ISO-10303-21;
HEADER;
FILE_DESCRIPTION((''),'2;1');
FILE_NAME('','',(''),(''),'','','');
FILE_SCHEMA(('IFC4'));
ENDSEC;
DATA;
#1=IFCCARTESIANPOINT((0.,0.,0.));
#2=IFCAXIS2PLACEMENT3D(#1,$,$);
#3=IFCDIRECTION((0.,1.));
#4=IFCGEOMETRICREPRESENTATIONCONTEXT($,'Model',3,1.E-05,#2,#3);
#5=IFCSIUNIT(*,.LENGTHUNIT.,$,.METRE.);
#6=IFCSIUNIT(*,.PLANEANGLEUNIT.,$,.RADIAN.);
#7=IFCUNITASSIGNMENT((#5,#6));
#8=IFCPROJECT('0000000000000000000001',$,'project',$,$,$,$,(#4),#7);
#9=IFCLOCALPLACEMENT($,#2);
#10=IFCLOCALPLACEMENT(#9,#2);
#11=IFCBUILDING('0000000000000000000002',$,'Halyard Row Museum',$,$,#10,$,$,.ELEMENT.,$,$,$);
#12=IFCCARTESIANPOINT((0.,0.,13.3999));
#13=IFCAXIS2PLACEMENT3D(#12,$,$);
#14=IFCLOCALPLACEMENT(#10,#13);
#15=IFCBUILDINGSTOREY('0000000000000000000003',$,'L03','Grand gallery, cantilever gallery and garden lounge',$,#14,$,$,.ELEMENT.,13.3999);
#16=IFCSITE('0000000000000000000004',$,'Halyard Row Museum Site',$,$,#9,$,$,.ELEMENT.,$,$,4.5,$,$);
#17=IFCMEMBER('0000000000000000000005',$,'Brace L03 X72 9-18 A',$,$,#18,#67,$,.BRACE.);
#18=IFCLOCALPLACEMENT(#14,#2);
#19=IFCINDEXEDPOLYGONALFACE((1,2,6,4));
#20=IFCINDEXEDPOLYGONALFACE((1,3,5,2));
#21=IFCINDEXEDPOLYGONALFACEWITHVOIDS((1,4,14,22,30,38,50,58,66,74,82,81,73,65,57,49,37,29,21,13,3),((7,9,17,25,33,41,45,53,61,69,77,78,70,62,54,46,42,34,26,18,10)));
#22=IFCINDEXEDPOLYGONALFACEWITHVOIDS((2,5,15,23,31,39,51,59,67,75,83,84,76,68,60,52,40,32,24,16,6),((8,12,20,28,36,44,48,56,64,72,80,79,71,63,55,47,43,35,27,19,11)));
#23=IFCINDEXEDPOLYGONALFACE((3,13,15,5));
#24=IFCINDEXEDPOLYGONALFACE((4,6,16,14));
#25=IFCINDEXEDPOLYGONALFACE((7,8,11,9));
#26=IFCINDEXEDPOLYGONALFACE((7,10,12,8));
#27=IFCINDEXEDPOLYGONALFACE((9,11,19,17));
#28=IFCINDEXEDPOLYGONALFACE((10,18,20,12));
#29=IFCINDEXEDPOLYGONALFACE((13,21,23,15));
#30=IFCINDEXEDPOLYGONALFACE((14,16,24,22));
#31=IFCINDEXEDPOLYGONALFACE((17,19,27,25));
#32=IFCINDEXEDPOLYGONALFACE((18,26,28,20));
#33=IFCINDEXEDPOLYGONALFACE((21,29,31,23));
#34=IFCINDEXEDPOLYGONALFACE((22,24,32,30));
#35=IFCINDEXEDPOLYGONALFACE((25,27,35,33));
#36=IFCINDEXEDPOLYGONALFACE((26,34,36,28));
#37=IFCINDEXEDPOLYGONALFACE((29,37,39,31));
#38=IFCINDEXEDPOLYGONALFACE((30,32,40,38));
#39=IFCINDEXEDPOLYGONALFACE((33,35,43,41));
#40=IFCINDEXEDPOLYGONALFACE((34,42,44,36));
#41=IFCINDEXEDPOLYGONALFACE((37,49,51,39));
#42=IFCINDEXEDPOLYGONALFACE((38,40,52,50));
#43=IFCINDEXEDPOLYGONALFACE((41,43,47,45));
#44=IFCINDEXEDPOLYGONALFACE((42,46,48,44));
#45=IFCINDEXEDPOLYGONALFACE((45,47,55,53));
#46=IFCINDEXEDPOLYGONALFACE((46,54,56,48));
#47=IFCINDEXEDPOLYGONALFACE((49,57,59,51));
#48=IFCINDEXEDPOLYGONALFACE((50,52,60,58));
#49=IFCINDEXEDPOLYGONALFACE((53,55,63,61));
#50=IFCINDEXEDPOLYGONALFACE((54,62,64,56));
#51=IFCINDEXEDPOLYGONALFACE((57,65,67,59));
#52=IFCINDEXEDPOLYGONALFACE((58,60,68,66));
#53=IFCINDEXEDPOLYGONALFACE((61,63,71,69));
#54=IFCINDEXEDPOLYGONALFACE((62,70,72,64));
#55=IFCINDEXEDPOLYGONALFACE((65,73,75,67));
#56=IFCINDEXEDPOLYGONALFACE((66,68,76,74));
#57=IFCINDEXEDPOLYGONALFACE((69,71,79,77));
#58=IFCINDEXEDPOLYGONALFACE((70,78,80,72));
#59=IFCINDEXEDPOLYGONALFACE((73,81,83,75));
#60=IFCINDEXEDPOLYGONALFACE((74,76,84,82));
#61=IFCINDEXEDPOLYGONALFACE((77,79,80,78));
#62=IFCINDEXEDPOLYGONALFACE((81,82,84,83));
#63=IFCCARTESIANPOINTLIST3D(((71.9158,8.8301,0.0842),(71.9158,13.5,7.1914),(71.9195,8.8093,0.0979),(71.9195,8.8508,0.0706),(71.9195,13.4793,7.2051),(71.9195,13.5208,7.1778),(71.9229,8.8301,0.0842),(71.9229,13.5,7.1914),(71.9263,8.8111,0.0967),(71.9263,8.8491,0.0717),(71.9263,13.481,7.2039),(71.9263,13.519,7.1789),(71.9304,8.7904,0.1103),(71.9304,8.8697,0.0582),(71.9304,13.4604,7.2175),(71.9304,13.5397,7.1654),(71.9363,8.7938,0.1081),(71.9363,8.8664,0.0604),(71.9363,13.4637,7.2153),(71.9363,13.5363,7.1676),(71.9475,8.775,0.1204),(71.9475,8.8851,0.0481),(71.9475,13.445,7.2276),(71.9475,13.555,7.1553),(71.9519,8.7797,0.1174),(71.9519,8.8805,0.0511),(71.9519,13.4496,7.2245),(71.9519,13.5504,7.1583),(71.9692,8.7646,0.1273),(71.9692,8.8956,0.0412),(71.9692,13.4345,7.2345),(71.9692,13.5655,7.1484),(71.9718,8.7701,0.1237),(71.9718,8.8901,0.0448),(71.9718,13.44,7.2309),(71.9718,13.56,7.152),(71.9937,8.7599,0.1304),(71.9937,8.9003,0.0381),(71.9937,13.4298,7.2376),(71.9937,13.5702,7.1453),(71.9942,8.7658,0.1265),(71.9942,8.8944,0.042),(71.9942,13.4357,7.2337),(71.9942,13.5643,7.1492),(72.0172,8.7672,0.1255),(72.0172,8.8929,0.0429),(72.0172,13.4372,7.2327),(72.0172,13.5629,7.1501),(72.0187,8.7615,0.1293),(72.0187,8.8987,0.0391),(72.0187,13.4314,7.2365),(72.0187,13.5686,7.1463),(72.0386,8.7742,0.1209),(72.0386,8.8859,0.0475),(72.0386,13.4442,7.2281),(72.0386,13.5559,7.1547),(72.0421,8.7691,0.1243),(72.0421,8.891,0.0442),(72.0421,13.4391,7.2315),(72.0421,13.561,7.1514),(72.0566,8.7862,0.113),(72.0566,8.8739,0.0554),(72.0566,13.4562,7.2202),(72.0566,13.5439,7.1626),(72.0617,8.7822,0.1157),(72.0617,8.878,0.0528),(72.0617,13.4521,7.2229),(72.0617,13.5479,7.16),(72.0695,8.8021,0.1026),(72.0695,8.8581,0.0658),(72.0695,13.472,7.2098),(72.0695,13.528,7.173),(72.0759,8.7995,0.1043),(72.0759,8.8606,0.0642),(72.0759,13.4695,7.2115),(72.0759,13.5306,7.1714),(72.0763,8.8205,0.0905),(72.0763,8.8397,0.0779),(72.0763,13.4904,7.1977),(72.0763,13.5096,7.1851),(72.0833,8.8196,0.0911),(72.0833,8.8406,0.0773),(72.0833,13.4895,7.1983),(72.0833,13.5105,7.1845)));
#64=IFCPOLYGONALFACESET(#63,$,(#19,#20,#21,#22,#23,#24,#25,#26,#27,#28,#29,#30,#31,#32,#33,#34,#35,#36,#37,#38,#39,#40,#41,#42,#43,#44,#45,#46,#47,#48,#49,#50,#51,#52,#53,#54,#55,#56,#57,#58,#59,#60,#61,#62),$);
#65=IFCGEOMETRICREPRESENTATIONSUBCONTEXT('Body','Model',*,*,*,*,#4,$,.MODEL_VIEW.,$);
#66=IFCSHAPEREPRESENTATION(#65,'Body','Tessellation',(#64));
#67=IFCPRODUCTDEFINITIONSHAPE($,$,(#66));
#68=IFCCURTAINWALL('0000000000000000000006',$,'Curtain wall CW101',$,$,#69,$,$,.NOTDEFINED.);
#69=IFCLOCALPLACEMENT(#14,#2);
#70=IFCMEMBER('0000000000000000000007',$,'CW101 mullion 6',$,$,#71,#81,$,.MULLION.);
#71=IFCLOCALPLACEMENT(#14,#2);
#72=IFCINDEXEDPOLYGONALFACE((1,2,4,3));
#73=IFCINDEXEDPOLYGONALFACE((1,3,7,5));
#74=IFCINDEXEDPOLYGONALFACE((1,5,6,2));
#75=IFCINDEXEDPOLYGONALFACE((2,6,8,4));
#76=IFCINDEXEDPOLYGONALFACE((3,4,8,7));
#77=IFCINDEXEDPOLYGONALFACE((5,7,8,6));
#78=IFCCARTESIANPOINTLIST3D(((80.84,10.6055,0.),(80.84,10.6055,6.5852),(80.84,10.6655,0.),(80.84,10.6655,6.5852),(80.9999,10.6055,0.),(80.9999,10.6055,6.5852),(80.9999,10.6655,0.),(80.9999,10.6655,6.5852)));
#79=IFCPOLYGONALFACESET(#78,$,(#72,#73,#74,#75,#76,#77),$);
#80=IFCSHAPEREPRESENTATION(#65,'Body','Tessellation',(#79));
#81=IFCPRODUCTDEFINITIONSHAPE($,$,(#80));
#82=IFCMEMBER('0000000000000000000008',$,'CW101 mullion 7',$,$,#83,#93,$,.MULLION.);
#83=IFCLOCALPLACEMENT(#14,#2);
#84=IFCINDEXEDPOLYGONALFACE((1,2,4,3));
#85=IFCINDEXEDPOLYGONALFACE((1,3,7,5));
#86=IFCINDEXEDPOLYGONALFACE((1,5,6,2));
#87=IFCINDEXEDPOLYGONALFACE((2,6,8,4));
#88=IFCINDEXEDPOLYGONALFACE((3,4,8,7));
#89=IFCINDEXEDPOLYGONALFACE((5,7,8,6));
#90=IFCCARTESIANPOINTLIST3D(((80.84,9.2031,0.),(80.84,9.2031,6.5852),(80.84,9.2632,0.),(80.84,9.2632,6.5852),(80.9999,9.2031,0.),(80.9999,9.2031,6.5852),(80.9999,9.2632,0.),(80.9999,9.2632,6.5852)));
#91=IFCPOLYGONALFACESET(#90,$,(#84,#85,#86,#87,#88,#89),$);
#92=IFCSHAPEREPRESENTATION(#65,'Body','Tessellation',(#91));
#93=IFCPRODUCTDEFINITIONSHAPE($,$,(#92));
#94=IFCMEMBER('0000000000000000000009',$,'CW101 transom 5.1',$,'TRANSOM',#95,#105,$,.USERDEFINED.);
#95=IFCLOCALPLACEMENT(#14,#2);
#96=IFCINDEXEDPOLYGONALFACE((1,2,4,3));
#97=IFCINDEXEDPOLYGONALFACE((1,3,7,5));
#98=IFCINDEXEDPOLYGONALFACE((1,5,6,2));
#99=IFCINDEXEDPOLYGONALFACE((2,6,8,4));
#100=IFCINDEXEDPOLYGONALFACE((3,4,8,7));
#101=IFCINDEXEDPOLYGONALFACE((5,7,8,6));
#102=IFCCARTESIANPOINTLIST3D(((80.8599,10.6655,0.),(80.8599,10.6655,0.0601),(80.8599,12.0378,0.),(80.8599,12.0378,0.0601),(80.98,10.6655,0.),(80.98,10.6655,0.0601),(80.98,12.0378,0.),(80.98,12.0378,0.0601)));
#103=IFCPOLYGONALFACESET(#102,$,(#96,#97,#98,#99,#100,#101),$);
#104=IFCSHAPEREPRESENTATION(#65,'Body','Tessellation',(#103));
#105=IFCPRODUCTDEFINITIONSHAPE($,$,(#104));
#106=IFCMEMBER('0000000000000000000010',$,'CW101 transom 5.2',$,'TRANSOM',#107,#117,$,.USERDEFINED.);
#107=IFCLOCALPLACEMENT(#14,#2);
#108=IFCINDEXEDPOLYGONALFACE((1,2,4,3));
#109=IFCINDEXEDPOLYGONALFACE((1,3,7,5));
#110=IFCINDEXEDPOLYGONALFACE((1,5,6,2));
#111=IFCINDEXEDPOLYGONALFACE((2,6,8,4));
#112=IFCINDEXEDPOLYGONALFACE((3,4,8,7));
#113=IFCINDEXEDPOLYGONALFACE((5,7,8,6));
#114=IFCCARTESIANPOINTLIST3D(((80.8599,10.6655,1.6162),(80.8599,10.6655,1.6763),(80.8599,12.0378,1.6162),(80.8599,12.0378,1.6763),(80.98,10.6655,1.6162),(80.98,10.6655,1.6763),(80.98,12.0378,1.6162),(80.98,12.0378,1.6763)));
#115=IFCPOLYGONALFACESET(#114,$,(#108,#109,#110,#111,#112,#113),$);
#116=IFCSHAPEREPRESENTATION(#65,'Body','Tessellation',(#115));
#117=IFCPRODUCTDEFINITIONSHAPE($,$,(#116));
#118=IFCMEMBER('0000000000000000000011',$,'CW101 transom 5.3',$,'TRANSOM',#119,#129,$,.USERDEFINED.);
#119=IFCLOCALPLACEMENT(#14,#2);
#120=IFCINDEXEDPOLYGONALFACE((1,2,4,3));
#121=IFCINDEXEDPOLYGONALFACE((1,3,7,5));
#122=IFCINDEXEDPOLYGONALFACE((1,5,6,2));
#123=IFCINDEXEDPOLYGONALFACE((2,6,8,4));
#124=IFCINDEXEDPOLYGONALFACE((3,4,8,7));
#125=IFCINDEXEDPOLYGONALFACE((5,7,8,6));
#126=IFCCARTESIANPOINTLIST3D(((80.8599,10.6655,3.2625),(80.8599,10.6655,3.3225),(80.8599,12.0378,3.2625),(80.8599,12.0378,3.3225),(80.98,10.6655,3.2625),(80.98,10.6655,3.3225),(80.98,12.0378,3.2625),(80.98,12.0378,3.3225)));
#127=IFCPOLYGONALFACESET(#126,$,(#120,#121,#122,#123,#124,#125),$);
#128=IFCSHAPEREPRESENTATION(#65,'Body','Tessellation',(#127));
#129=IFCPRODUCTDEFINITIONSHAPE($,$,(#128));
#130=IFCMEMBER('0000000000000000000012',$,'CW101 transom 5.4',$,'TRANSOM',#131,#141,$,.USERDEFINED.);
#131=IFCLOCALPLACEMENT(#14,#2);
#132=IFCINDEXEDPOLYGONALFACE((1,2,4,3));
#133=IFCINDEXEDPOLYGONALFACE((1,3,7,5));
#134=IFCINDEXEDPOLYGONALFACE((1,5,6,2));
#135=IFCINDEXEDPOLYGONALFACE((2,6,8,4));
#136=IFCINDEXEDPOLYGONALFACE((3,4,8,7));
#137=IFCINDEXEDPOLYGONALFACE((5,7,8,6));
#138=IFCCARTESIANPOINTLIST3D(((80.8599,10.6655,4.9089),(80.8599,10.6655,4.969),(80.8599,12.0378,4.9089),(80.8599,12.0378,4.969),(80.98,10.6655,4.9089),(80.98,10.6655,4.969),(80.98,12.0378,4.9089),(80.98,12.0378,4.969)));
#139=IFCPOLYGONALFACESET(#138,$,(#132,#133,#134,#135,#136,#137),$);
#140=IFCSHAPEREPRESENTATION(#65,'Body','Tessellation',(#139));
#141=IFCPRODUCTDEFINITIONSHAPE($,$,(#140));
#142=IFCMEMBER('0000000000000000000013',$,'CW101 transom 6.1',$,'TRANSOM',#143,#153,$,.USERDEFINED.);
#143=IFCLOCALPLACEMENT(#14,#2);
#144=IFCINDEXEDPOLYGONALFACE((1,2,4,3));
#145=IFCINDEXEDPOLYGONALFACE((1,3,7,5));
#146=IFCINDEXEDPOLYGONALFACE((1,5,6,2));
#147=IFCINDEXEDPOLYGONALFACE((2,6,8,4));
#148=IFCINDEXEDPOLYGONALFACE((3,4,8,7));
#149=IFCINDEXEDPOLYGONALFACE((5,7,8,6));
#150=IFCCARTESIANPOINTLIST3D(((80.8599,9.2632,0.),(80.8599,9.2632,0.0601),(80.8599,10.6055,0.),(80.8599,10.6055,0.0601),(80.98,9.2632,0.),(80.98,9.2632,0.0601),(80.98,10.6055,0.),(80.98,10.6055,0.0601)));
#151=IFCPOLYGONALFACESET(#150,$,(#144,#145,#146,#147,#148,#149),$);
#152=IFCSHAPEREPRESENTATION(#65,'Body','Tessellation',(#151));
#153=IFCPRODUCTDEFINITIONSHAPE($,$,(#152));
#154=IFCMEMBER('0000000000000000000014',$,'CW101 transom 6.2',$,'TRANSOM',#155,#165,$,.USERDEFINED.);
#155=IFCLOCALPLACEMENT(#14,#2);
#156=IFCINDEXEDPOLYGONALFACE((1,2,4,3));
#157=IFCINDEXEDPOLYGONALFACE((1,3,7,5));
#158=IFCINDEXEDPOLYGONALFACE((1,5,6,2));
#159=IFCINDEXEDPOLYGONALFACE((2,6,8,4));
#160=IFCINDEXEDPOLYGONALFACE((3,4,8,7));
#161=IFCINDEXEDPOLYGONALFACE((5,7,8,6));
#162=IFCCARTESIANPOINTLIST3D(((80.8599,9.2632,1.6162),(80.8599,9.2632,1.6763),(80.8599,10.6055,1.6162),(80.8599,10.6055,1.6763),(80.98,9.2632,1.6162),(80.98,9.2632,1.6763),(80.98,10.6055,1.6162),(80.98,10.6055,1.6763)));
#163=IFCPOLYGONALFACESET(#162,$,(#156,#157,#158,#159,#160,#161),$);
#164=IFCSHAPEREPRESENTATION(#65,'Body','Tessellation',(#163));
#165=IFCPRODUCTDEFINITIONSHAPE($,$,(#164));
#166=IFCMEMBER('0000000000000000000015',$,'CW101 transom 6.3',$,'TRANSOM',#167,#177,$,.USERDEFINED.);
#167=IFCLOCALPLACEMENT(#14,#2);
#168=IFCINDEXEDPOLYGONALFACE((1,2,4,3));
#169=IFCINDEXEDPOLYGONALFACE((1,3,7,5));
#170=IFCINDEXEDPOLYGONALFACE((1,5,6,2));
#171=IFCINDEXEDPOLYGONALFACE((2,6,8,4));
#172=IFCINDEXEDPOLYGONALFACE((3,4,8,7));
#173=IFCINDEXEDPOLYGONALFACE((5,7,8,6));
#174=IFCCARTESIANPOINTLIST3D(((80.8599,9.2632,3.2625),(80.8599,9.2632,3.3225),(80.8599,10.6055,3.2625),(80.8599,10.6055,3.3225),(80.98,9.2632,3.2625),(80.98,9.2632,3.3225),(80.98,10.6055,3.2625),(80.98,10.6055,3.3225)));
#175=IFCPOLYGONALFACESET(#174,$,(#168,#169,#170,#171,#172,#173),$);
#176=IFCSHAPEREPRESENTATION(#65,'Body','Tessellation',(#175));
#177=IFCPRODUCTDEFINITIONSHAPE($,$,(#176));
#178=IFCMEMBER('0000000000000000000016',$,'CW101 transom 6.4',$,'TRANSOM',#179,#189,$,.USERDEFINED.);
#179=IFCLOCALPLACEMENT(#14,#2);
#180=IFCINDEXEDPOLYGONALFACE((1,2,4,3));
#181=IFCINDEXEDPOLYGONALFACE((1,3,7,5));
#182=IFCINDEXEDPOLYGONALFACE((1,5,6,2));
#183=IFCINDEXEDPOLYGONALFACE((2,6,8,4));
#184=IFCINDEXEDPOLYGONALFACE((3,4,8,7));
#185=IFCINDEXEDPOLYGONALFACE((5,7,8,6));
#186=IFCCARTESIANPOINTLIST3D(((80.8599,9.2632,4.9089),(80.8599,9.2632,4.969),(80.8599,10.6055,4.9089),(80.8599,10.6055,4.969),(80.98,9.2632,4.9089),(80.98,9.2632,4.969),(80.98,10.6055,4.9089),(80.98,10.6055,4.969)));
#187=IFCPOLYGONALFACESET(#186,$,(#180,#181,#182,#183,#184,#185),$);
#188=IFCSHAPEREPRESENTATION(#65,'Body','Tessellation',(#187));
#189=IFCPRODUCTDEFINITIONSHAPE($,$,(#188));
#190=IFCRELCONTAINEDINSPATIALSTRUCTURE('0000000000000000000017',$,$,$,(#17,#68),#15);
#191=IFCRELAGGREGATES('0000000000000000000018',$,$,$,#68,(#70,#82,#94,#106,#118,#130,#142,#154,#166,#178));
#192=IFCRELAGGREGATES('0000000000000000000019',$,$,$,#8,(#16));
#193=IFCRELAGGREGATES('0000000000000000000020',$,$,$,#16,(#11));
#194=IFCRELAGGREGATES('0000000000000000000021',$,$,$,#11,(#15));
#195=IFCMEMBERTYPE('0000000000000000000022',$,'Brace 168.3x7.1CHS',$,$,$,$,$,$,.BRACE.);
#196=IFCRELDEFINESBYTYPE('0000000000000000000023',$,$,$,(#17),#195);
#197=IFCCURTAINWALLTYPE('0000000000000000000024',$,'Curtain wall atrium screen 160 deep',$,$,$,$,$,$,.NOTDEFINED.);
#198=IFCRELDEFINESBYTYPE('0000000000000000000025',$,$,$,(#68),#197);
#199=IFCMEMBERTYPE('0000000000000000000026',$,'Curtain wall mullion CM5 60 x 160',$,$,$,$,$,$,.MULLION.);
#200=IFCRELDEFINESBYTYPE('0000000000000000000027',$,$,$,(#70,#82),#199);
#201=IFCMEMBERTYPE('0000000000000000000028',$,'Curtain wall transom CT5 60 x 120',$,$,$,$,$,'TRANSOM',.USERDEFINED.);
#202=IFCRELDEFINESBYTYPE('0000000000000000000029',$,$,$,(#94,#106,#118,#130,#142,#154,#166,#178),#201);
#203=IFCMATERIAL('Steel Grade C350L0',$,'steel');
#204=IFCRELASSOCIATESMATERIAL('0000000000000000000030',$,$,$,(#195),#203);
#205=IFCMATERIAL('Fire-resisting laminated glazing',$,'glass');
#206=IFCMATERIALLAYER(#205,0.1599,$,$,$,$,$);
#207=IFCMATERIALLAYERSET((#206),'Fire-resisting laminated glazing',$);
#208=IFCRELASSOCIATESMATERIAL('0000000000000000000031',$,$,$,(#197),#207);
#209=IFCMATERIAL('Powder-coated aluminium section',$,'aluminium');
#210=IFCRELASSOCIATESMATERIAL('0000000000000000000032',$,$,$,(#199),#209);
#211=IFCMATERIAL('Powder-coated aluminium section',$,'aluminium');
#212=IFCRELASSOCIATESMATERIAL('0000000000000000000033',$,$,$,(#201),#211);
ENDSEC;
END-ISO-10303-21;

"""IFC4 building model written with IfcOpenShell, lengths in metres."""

from ifc_helpers import new_model, si_unit, direction, frame, origin, origin_2d, place, context, subcontext, project, spatial, rectangle, hollow_circle, extrude, material, layer, layer_set, material_profile, profile_set, type_object, element, aggregate, save


model = new_model("IFC4")

# Units and contexts
model_context = context("Model", 3, precision=1e-05, world=origin(), true_north=direction((0.0, 1.0)))
body_context = subcontext(model_context, "Body", "Model", "MODEL_VIEW")
ifc_project = project(units=[si_unit("LENGTHUNIT", "METRE"), si_unit("PLANEANGLEUNIT", "RADIAN")], contexts=[model_context])

# Site, building, storey
site_placement = place(None, origin())
site = spatial("IfcSite", under=ifc_project, at=site_placement, Name="Halyard Row Museum Site", CompositionType="ELEMENT", RefElevation=4.5)
building_placement = place(site_placement, origin())
building = spatial("IfcBuilding", under=site, at=building_placement, Name="Halyard Row Museum", CompositionType="ELEMENT")
storey_placement = place(building_placement, frame((0.0, 0.0, 13.3999)))
storey = spatial("IfcBuildingStorey", under=building, at=storey_placement, Name="L03", Description="Grand gallery, cantilever gallery and garden lounge", CompositionType="ELEMENT", Elevation=13.3999)

# Member
ifc_material_1 = material(Name="Steel Grade C350L0", Category="steel")
ifc_material_profile_1 = material_profile(ifc_material_1, hollow_circle(Radius=0.0842, WallThickness=0.0071, at=origin_2d()), Name="168.3x7.1CHS")
ifc_profile_set_1 = profile_set([ifc_material_profile_1], Name="Steel Grade C350L0")
member_type_1 = type_object("IfcMemberType", Name="Brace 168.3x7.1CHS", PredefinedType="BRACE", material=ifc_profile_set_1)
member_1_placement = place(storey_placement, frame((72.0, 8.8301, 0.0842), z_axis=(0.0, 0.549136, 0.835733), x_axis=(-1.0, 0.0, 0.0)))
element("IfcMember", 1, at=member_1_placement, inside=storey, type_object=member_type_1, Name="Brace L03 X72 9-18 A", PredefinedType="BRACE", context=body_context, shape_type="SweptSolid", body=[
    extrude(hollow_circle(Radius=0.0842, WallThickness=0.0071, at=origin_2d()), origin(), (0.0, 0.0, 1.0), 8.5042),
])

# Curtain wall, members
ifc_material_2 = material(Name="Fire-resisting laminated glazing", Category="glass")
ifc_layer_1 = layer(ifc_material_2, 0.1599)
ifc_layer_set_1 = layer_set([ifc_layer_1], Name="Fire-resisting laminated glazing")
curtain_wall_type = type_object("IfcCurtainWallType", Name="Curtain wall atrium screen 160 deep", PredefinedType="NOTDEFINED", material=ifc_layer_set_1)
curtain_wall_placement = place(storey_placement, origin())
curtain_wall = element("IfcCurtainWall", 2, at=curtain_wall_placement, inside=storey, type_object=curtain_wall_type, Name="Curtain wall CW101", PredefinedType="NOTDEFINED")
ifc_material_3 = material(Name="Powder-coated aluminium section", Category="aluminium")
ifc_material_profile_2 = material_profile(ifc_material_3, rectangle(XDim=0.1599, YDim=0.0601, at=origin_2d()), Name="160x60 mullion")
ifc_profile_set_2 = profile_set([ifc_material_profile_2], Name="Powder-coated aluminium section")
member_type_2 = type_object("IfcMemberType", Name="Curtain wall mullion CM5 60 x 160", PredefinedType="MULLION", material=ifc_profile_set_2)
member_2_placement = place(storey_placement, frame((80.9199, 10.6355, 0.0), z_axis=(0.0, 0.0, 1.0), x_axis=(1.0, 0.0, 0.0)))
member_2 = element("IfcMember", 3, at=member_2_placement, type_object=member_type_2, Name="CW101 mullion 6", PredefinedType="MULLION", context=body_context, shape_type="SweptSolid", body=[
    extrude(rectangle(XDim=0.1599, YDim=0.0601, at=origin_2d()), origin(), (0.0, 0.0, 1.0), 6.5852),
])
member_3_placement = place(storey_placement, frame((80.9199, 9.2332, 0.0), z_axis=(0.0, 0.0, 1.0), x_axis=(1.0, 0.0, 0.0)))
member_3 = element("IfcMember", 4, at=member_3_placement, type_object=member_type_2, Name="CW101 mullion 7", PredefinedType="MULLION", context=body_context, shape_type="SweptSolid", body=[
    extrude(rectangle(XDim=0.1599, YDim=0.0601, at=origin_2d()), origin(), (0.0, 0.0, 1.0), 6.5852),
])
ifc_material_4 = material(Name="Powder-coated aluminium section", Category="aluminium")
ifc_material_profile_3 = material_profile(ifc_material_4, rectangle(XDim=0.1201, YDim=0.0601, at=origin_2d()), Name="120x60 transom")
ifc_profile_set_3 = profile_set([ifc_material_profile_3], Name="Powder-coated aluminium section")
member_type_3 = type_object("IfcMemberType", Name="Curtain wall transom CT5 60 x 120", ElementType="TRANSOM", PredefinedType="USERDEFINED", material=ifc_profile_set_3)
member_4_placement = place(storey_placement, frame((80.9199, 12.0378, 0.03), z_axis=(0.0, -1.0, 0.0), x_axis=(1.0, 0.0, 0.0)))
member_4 = element("IfcMember", 5, at=member_4_placement, type_object=member_type_3, Name="CW101 transom 5.1", ObjectType="TRANSOM", PredefinedType="USERDEFINED", context=body_context, shape_type="SweptSolid", body=[
    extrude(rectangle(XDim=0.1201, YDim=0.0601, at=origin_2d()), origin(), (0.0, 0.0, 1.0), 1.3723),
])
member_5_placement = place(storey_placement, frame((80.9199, 12.0378, 1.6462), z_axis=(0.0, -1.0, 0.0), x_axis=(1.0, 0.0, 0.0)))
member_5 = element("IfcMember", 6, at=member_5_placement, type_object=member_type_3, Name="CW101 transom 5.2", ObjectType="TRANSOM", PredefinedType="USERDEFINED", context=body_context, shape_type="SweptSolid", body=[
    extrude(rectangle(XDim=0.1201, YDim=0.0601, at=origin_2d()), origin(), (0.0, 0.0, 1.0), 1.3723),
])
member_6_placement = place(storey_placement, frame((80.9199, 12.0378, 3.2925), z_axis=(0.0, -1.0, 0.0), x_axis=(1.0, 0.0, 0.0)))
member_6 = element("IfcMember", 7, at=member_6_placement, type_object=member_type_3, Name="CW101 transom 5.3", ObjectType="TRANSOM", PredefinedType="USERDEFINED", context=body_context, shape_type="SweptSolid", body=[
    extrude(rectangle(XDim=0.1201, YDim=0.0601, at=origin_2d()), origin(), (0.0, 0.0, 1.0), 1.3723),
])
member_7_placement = place(storey_placement, frame((80.9199, 12.0378, 4.939), z_axis=(0.0, -1.0, 0.0), x_axis=(1.0, 0.0, 0.0)))
member_7 = element("IfcMember", 8, at=member_7_placement, type_object=member_type_3, Name="CW101 transom 5.4", ObjectType="TRANSOM", PredefinedType="USERDEFINED", context=body_context, shape_type="SweptSolid", body=[
    extrude(rectangle(XDim=0.1201, YDim=0.0601, at=origin_2d()), origin(), (0.0, 0.0, 1.0), 1.3723),
])
member_8_placement = place(storey_placement, frame((80.9199, 10.6055, 0.03), z_axis=(0.0, -1.0, 0.0), x_axis=(1.0, 0.0, 0.0)))
member_8 = element("IfcMember", 9, at=member_8_placement, type_object=member_type_3, Name="CW101 transom 6.1", ObjectType="TRANSOM", PredefinedType="USERDEFINED", context=body_context, shape_type="SweptSolid", body=[
    extrude(rectangle(XDim=0.1201, YDim=0.0601, at=origin_2d()), origin(), (0.0, 0.0, 1.0), 1.3423),
])
member_9_placement = place(storey_placement, frame((80.9199, 10.6055, 1.6462), z_axis=(0.0, -1.0, 0.0), x_axis=(1.0, 0.0, 0.0)))
member_9 = element("IfcMember", 10, at=member_9_placement, type_object=member_type_3, Name="CW101 transom 6.2", ObjectType="TRANSOM", PredefinedType="USERDEFINED", context=body_context, shape_type="SweptSolid", body=[
    extrude(rectangle(XDim=0.1201, YDim=0.0601, at=origin_2d()), origin(), (0.0, 0.0, 1.0), 1.3423),
])
member_10_placement = place(storey_placement, frame((80.9199, 10.6055, 3.2925), z_axis=(0.0, -1.0, 0.0), x_axis=(1.0, 0.0, 0.0)))
member_10 = element("IfcMember", 11, at=member_10_placement, type_object=member_type_3, Name="CW101 transom 6.3", ObjectType="TRANSOM", PredefinedType="USERDEFINED", context=body_context, shape_type="SweptSolid", body=[
    extrude(rectangle(XDim=0.1201, YDim=0.0601, at=origin_2d()), origin(), (0.0, 0.0, 1.0), 1.3423),
])
member_11_placement = place(storey_placement, frame((80.9199, 10.6055, 4.939), z_axis=(0.0, -1.0, 0.0), x_axis=(1.0, 0.0, 0.0)))
member_11 = element("IfcMember", 12, at=member_11_placement, type_object=member_type_3, Name="CW101 transom 6.4", ObjectType="TRANSOM", PredefinedType="USERDEFINED", context=body_context, shape_type="SweptSolid", body=[
    extrude(rectangle(XDim=0.1201, YDim=0.0601, at=origin_2d()), origin(), (0.0, 0.0, 1.0), 1.3423),
])

aggregate(curtain_wall, [member_2, member_3, member_4, member_5, member_6, member_7, member_8, member_9, member_10, member_11])

save(model, "model.ifc")
